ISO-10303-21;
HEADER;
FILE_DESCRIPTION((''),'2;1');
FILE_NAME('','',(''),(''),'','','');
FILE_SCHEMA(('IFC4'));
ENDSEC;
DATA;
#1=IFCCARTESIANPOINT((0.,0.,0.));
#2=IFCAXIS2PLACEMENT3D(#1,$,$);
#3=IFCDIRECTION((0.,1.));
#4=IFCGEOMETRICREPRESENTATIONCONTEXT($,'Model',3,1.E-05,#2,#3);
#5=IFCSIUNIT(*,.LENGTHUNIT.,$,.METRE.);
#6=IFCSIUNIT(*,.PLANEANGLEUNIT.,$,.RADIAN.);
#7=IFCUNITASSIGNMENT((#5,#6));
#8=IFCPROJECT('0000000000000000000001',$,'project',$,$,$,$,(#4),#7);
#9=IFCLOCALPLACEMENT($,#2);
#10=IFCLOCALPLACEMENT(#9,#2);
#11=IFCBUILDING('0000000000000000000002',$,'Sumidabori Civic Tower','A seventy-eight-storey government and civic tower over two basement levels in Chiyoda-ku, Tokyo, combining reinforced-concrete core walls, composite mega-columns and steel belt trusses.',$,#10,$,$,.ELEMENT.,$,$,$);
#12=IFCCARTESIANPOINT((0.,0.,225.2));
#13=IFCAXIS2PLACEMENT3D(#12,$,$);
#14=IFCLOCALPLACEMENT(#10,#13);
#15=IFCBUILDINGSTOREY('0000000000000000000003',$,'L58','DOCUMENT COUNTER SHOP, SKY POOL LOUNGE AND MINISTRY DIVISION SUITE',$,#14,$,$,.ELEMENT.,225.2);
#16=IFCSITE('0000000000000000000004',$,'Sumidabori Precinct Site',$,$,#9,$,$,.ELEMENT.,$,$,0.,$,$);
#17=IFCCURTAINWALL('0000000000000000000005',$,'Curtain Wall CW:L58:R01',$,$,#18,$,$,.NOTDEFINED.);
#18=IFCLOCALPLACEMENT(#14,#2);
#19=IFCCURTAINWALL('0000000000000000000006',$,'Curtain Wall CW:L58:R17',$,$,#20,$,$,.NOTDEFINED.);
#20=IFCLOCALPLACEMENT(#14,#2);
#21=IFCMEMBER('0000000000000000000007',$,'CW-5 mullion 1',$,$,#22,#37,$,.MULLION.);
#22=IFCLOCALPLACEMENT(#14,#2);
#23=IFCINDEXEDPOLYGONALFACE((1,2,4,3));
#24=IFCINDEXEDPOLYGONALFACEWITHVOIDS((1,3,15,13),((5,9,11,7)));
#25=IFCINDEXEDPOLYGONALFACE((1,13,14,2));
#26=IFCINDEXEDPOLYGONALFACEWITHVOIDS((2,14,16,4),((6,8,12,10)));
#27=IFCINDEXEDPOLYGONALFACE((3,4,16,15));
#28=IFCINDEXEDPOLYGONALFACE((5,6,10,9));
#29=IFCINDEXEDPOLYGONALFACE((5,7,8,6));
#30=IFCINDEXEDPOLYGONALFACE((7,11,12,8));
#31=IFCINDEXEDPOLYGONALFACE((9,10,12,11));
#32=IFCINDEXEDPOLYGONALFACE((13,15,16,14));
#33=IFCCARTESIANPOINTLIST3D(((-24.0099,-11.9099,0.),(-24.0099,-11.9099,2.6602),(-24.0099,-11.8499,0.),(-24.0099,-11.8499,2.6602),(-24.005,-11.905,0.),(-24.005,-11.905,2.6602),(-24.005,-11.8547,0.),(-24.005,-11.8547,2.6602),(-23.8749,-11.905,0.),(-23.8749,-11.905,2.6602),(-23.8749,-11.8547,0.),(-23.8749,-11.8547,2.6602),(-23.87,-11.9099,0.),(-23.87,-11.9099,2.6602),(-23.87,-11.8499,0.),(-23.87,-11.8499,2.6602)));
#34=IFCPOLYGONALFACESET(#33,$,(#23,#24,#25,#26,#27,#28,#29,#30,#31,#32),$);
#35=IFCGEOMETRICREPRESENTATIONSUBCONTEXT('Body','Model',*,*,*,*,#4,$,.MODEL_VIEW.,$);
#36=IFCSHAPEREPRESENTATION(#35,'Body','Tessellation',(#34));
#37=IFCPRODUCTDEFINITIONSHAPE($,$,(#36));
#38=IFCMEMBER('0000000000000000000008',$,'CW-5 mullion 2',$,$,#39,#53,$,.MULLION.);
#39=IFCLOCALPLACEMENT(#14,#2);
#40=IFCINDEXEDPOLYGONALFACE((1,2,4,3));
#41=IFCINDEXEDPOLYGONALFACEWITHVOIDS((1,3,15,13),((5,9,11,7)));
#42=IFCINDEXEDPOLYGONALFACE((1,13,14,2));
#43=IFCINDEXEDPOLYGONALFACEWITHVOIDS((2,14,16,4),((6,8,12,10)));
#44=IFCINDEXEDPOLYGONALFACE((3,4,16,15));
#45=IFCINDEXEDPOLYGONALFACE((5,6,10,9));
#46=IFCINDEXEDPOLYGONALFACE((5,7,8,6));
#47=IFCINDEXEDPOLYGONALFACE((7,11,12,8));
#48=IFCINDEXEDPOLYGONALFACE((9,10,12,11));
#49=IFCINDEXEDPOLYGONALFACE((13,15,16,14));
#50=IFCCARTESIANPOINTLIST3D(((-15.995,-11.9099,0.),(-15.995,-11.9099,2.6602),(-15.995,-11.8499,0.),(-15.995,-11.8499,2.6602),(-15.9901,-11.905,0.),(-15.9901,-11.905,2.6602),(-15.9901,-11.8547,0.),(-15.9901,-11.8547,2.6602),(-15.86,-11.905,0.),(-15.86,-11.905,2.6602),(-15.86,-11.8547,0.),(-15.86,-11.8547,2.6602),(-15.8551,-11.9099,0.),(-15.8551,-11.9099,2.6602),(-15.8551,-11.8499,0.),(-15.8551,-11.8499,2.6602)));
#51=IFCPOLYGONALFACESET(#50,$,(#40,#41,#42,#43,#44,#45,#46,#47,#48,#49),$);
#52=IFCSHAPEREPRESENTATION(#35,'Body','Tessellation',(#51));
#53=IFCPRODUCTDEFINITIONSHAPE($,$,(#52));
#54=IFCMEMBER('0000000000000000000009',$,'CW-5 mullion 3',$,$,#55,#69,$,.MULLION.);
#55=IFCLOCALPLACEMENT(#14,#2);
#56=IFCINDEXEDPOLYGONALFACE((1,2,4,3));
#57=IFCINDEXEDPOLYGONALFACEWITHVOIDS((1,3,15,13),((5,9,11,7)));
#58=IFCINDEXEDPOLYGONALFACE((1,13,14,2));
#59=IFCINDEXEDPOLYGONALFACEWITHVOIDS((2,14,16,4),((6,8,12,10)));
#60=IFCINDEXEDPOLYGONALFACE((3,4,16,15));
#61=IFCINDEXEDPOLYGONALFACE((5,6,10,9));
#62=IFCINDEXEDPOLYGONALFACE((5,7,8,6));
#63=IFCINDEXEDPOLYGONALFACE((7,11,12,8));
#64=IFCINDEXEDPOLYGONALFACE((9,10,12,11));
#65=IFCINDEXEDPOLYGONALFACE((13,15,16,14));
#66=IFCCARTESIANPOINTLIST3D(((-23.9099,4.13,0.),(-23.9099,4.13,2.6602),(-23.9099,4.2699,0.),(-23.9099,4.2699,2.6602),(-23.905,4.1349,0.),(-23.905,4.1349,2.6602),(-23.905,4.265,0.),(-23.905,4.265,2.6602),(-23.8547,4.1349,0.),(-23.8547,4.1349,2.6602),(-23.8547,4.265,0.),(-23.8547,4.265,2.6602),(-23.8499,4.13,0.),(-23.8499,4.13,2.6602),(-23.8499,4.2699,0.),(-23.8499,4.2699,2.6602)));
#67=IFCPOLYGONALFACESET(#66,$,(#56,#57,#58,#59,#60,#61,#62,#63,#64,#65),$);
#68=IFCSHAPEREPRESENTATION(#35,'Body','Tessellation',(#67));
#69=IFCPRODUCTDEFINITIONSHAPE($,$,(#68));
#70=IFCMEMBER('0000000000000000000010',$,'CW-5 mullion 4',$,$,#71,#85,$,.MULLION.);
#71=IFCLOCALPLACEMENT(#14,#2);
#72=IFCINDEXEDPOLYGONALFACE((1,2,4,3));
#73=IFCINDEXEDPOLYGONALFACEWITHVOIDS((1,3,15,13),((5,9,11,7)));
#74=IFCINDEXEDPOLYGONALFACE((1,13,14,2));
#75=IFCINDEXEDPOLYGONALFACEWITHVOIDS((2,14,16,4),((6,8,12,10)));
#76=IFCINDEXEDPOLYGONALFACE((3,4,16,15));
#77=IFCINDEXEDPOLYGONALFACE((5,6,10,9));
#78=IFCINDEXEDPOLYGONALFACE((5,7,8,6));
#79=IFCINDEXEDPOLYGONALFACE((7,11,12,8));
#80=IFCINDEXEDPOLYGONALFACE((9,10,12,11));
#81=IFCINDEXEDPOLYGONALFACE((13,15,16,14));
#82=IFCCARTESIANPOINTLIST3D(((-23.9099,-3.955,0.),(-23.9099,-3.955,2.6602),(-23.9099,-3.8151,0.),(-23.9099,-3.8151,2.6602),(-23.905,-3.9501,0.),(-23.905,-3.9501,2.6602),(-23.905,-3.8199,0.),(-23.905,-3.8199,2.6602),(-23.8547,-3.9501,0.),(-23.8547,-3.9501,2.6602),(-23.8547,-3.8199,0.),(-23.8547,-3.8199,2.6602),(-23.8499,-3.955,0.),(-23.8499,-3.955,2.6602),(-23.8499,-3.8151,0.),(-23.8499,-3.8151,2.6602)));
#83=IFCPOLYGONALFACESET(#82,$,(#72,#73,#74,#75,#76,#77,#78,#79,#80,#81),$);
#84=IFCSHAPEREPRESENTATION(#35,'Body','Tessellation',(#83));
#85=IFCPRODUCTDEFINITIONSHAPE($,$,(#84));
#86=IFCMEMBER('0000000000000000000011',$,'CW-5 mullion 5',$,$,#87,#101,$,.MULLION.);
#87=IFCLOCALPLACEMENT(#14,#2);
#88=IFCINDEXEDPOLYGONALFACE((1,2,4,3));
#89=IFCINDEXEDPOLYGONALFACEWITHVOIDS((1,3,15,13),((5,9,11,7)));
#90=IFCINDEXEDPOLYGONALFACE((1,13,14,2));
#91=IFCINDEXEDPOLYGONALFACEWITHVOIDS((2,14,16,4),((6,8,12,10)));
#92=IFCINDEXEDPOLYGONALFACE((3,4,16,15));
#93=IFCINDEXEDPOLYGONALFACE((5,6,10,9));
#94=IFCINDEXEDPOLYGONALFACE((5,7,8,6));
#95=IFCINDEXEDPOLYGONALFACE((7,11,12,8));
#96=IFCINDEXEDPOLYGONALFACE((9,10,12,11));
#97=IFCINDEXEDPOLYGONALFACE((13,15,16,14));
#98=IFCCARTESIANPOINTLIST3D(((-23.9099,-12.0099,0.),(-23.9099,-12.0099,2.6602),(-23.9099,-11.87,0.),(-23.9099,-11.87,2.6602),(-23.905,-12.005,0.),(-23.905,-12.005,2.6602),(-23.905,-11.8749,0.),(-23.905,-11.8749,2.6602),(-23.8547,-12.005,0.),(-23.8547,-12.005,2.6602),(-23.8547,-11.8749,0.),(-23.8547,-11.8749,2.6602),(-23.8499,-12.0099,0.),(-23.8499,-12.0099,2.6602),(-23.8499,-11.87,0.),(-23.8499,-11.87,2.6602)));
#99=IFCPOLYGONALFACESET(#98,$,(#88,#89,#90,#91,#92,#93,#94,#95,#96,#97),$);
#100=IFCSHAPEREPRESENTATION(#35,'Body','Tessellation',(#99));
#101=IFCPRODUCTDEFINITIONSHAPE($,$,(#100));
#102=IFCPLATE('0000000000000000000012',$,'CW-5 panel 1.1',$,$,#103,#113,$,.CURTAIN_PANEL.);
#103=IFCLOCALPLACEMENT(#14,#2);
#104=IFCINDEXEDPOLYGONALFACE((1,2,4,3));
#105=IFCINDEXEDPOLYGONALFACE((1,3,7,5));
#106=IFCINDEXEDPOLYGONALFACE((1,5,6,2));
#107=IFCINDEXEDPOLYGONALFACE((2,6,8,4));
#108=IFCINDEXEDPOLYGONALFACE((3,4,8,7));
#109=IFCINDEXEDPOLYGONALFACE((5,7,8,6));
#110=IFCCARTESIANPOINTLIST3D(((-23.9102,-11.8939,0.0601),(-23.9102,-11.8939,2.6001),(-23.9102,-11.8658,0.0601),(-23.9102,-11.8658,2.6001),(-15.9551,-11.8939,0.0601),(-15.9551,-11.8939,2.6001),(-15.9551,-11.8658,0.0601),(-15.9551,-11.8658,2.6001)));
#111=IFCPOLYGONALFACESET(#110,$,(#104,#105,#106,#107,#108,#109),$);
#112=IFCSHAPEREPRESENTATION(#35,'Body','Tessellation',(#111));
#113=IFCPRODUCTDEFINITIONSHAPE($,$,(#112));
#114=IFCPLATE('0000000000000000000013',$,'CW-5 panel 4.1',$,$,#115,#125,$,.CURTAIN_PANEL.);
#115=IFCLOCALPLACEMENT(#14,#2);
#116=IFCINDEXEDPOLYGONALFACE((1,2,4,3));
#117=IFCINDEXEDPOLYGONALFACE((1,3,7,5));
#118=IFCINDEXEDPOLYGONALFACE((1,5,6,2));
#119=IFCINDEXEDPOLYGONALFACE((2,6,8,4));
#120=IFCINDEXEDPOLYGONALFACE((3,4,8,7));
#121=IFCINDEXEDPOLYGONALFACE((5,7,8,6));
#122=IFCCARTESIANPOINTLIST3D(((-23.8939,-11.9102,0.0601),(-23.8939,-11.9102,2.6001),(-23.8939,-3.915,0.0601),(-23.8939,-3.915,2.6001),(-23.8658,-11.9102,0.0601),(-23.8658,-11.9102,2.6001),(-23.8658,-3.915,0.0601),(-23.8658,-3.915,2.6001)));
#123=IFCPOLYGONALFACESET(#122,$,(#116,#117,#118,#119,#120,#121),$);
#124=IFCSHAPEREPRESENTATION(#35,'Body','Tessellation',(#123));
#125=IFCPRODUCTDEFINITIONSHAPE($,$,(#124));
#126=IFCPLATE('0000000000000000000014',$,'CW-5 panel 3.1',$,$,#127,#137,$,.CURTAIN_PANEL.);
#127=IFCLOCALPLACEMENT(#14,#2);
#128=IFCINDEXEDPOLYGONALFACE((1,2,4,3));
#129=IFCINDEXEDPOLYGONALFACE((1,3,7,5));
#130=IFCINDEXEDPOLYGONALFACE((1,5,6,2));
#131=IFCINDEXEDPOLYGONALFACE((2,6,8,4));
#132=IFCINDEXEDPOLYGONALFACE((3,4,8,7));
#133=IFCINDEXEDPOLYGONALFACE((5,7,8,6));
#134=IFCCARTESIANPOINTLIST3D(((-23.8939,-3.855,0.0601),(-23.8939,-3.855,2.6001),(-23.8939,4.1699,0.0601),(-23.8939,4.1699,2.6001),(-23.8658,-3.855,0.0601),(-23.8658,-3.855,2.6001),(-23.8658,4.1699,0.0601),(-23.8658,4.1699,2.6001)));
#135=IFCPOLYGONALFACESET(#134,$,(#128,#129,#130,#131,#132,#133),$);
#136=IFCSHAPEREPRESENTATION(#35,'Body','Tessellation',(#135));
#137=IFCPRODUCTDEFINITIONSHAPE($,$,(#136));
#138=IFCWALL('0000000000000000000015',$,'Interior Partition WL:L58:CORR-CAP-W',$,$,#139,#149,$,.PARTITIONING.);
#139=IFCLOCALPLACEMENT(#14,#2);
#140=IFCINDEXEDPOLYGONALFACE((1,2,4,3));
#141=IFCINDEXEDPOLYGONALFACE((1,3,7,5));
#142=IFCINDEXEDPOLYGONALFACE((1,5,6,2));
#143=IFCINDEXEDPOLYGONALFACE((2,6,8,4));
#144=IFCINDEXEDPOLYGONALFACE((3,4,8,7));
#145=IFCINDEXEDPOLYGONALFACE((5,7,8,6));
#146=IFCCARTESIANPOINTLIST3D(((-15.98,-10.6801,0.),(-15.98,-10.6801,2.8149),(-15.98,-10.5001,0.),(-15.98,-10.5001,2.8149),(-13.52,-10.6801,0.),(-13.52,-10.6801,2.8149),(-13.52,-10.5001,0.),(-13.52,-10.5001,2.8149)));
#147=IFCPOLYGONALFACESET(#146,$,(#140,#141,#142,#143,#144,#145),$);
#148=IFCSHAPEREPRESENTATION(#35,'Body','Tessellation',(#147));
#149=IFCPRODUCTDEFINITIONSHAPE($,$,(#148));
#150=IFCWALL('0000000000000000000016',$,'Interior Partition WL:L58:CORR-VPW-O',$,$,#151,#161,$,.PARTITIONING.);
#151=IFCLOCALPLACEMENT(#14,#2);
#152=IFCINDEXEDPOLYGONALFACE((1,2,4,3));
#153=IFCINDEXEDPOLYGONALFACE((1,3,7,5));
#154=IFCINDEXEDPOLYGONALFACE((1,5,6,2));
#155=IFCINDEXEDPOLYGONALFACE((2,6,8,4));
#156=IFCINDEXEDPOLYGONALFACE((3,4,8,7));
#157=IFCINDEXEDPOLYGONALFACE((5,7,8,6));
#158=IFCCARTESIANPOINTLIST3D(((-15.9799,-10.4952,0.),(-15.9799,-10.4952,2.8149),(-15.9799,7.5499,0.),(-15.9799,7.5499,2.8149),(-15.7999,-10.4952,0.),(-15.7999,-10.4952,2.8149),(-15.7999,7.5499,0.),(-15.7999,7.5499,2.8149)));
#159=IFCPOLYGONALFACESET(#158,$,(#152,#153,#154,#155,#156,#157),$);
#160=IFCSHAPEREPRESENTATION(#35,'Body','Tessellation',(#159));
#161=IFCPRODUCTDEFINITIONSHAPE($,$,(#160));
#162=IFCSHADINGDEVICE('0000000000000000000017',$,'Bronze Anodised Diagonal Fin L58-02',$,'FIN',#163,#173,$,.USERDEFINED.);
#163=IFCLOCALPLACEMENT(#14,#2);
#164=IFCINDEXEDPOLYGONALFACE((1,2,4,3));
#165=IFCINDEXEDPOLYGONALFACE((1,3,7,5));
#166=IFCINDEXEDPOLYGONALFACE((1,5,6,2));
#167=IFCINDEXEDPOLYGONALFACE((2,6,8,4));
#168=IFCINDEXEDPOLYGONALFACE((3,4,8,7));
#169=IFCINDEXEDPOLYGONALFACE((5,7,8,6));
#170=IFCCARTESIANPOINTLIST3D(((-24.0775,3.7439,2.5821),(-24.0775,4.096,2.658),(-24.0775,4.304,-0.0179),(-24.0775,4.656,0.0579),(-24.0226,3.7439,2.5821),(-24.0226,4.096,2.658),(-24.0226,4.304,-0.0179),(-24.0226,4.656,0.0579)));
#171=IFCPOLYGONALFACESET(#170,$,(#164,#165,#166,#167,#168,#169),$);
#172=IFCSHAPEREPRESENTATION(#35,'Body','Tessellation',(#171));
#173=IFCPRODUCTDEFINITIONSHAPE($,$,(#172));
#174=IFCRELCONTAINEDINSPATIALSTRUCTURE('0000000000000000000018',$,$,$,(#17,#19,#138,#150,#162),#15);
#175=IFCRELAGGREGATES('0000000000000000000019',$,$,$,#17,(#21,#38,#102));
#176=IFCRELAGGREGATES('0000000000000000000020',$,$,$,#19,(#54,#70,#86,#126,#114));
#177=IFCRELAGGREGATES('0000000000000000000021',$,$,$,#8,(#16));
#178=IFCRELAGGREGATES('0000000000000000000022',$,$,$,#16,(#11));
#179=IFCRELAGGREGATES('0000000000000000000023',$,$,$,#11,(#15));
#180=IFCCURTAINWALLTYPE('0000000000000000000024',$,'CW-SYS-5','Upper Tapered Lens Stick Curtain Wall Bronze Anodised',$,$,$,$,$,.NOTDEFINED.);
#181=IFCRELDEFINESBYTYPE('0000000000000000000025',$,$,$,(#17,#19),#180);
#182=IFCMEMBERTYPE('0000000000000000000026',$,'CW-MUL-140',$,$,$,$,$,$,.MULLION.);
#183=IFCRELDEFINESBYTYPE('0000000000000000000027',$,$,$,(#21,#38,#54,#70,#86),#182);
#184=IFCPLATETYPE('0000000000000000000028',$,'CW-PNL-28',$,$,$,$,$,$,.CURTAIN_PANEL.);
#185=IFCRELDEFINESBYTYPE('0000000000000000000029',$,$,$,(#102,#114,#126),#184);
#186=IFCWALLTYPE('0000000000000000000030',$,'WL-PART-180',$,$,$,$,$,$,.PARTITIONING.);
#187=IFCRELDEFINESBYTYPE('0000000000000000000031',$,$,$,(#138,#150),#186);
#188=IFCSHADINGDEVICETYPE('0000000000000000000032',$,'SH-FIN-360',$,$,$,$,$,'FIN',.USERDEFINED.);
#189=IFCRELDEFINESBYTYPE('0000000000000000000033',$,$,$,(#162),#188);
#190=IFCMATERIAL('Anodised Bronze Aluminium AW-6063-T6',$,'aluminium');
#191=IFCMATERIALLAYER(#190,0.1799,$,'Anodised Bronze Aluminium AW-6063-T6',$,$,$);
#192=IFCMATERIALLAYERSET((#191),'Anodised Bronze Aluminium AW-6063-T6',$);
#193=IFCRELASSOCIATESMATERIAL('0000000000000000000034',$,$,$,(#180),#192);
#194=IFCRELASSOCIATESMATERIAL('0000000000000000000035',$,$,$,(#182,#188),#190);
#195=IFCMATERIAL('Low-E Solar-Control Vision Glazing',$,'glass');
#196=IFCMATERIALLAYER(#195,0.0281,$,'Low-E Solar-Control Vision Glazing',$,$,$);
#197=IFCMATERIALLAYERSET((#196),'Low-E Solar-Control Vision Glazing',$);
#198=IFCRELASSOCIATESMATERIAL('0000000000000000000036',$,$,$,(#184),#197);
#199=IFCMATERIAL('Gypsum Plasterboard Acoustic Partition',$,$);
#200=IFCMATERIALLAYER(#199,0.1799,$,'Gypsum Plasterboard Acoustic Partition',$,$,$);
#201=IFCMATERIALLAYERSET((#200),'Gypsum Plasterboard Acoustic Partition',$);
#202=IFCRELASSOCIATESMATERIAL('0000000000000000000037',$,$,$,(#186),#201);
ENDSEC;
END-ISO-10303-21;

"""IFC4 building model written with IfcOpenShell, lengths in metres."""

from ifc_helpers import new_model, si_unit, direction, frame, frame_2d, origin, origin_2d, place, context, subcontext, project, spatial, rectangle, hollow_rectangle, extrude, source, transform, mapped, material, layer, layer_set, material_profile, profile_set, type_object, element, aggregate, save


model = new_model("IFC4")

# Units and contexts
model_context = context("Model", 3, precision=1e-05, world=origin(), true_north=direction((0.0, 1.0)))
body_context = subcontext(model_context, "Body", "Model", "MODEL_VIEW")
ifc_project = project(units=[si_unit("LENGTHUNIT", "METRE"), si_unit("PLANEANGLEUNIT", "RADIAN")], contexts=[model_context])

# Site, building, storey
site_placement = place(None, origin())
site = spatial("IfcSite", under=ifc_project, at=site_placement, Name="Sumidabori Precinct Site", CompositionType="ELEMENT", RefElevation=0.0)
building_placement = place(site_placement, origin())
building = spatial("IfcBuilding", under=site, at=building_placement, Name="Sumidabori Civic Tower", Description="A seventy-eight-storey government and civic tower over two basement levels in Chiyoda-ku, Tokyo, combining reinforced-concrete core walls, composite mega-columns and steel belt trusses.", CompositionType="ELEMENT")
storey_placement = place(building_placement, frame((0.0, 0.0, 225.2)))
storey = spatial("IfcBuildingStorey", under=building, at=storey_placement, Name="L58", Description="DOCUMENT COUNTER SHOP, SKY POOL LOUNGE AND MINISTRY DIVISION SUITE", CompositionType="ELEMENT", Elevation=225.2)

# Curtain walls
ifc_material_1 = material(Name="Anodised Bronze Aluminium AW-6063-T6", Category="aluminium")
ifc_layer_1 = layer(ifc_material_1, 0.1799, Name="Anodised Bronze Aluminium AW-6063-T6")
ifc_layer_set_1 = layer_set([ifc_layer_1], Name="Anodised Bronze Aluminium AW-6063-T6")
curtain_wall_type = type_object("IfcCurtainWallType", Name="CW-SYS-5", Description="Upper Tapered Lens Stick Curtain Wall Bronze Anodised", PredefinedType="NOTDEFINED", material=ifc_layer_set_1)
curtain_wall_1_placement = place(storey_placement, origin())
curtain_wall_1 = element("IfcCurtainWall", 1, at=curtain_wall_1_placement, inside=storey, type_object=curtain_wall_type, Name="Curtain Wall CW:L58:R01", PredefinedType="NOTDEFINED")
curtain_wall_2_placement = place(storey_placement, origin())
curtain_wall_2 = element("IfcCurtainWall", 2, at=curtain_wall_2_placement, inside=storey, type_object=curtain_wall_type, Name="Curtain Wall CW:L58:R17", PredefinedType="NOTDEFINED")

# Members
ifc_material_profile_1 = material_profile(ifc_material_1, hollow_rectangle(XDim=0.0601, YDim=0.1399, WallThickness=0.0049, at=origin_2d()), Name="ALU MULLION 140x60")
ifc_profile_set_1 = profile_set([ifc_material_profile_1], Name="Anodised Bronze Aluminium AW-6063-T6")
member_type_1 = type_object("IfcMemberType", Name="CW-MUL-140", PredefinedType="MULLION", material=ifc_profile_set_1)
shared_shape_1 = source(origin(), body_context, "Body", "SweptSolid", [
    extrude(hollow_rectangle(XDim=0.0601, YDim=0.1399, WallThickness=0.0049, at=origin_2d()), origin(), (0.0, 0.0, 1.0), 2.6602),
])
member_1_placement = place(storey_placement, frame((-23.9399, -11.8799, 0.0), z_axis=(0.0, 0.0, 1.0), x_axis=(0.0, 1.0, 0.0)))
member_1 = element("IfcMember", 3, at=member_1_placement, type_object=member_type_1, Name="CW-5 mullion 1", PredefinedType="MULLION", context=body_context, shape_type="MappedRepresentation", body=[
    mapped(shared_shape_1, transform((0.0, 0.0, 0.0), x_axis=(1.0, 0.0, 0.0), y_axis=(0.0, 1.0, 0.0), z_axis=(0.0, 0.0, 1.0), scale=1.0)),
])
member_2_placement = place(storey_placement, frame((-15.925, -11.8799, 0.0), z_axis=(0.0, 0.0, 1.0), x_axis=(0.0, 1.0, 0.0)))
member_2 = element("IfcMember", 4, at=member_2_placement, type_object=member_type_1, Name="CW-5 mullion 2", PredefinedType="MULLION", context=body_context, shape_type="MappedRepresentation", body=[
    mapped(shared_shape_1, transform((0.0, 0.0, 0.0), x_axis=(1.0, 0.0, 0.0), y_axis=(0.0, 1.0, 0.0), z_axis=(0.0, 0.0, 1.0), scale=1.0)),
])
member_3_placement = place(storey_placement, frame((-23.8799, 4.2, 0.0), z_axis=(0.0, 0.0, 1.0), x_axis=(1.0, 0.0, 0.0)))
member_3 = element("IfcMember", 5, at=member_3_placement, type_object=member_type_1, Name="CW-5 mullion 3", PredefinedType="MULLION", context=body_context, shape_type="MappedRepresentation", body=[
    mapped(shared_shape_1, transform((0.0, 0.0, 0.0), x_axis=(1.0, 0.0, 0.0), y_axis=(0.0, 1.0, 0.0), z_axis=(0.0, 0.0, 1.0), scale=1.0)),
])
member_4_placement = place(storey_placement, frame((-23.8799, -3.885, 0.0), z_axis=(0.0, 0.0, 1.0), x_axis=(1.0, 0.0, 0.0)))
member_4 = element("IfcMember", 6, at=member_4_placement, type_object=member_type_1, Name="CW-5 mullion 4", PredefinedType="MULLION", context=body_context, shape_type="MappedRepresentation", body=[
    mapped(shared_shape_1, transform((0.0, 0.0, 0.0), x_axis=(1.0, 0.0, 0.0), y_axis=(0.0, 1.0, 0.0), z_axis=(0.0, 0.0, 1.0), scale=1.0)),
])
member_5_placement = place(storey_placement, frame((-23.8799, -11.9399, 0.0), z_axis=(0.0, 0.0, 1.0), x_axis=(1.0, 0.0, 0.0)))
member_5 = element("IfcMember", 7, at=member_5_placement, type_object=member_type_1, Name="CW-5 mullion 5", PredefinedType="MULLION", context=body_context, shape_type="MappedRepresentation", body=[
    mapped(shared_shape_1, transform((0.0, 0.0, 0.0), x_axis=(1.0, 0.0, 0.0), y_axis=(0.0, 1.0, 0.0), z_axis=(0.0, 0.0, 1.0), scale=1.0)),
])

# Plates
ifc_material_2 = material(Name="Low-E Solar-Control Vision Glazing", Category="glass")
ifc_layer_2 = layer(ifc_material_2, 0.0281, Name="Low-E Solar-Control Vision Glazing")
ifc_layer_set_2 = layer_set([ifc_layer_2], Name="Low-E Solar-Control Vision Glazing")
plate_type = type_object("IfcPlateType", Name="CW-PNL-28", PredefinedType="CURTAIN_PANEL", material=ifc_layer_set_2)
shared_shape_2 = source(origin(), body_context, "Body", "SweptSolid", [
    extrude(rectangle(XDim=7.9551, YDim=0.0281, at=origin_2d()), origin(), (0.0, 0.0, 1.0), 2.54),
])
plate_1_placement = place(storey_placement, frame((-19.9326, -11.8799, 0.0601), z_axis=(0.0, 0.0, 1.0), x_axis=(1.0, 0.0, 0.0)))
plate_1 = element("IfcPlate", 8, at=plate_1_placement, type_object=plate_type, Name="CW-5 panel 1.1", PredefinedType="CURTAIN_PANEL", context=body_context, shape_type="MappedRepresentation", body=[
    mapped(shared_shape_2, transform((0.0, 0.0, 0.0), x_axis=(1.0, 0.0, 0.0), y_axis=(0.0, 1.0, 0.0), z_axis=(0.0, 0.0, 1.0), scale=1.0)),
])
aggregate(curtain_wall_1, [member_1, member_2, plate_1])
shared_shape_3 = source(origin(), body_context, "Body", "SweptSolid", [
    extrude(rectangle(XDim=7.9951, YDim=0.0281, at=origin_2d()), origin(), (0.0, 0.0, 1.0), 2.54),
])
plate_2_placement = place(storey_placement, frame((-23.8799, -7.9126, 0.0601), z_axis=(0.0, 0.0, 1.0), x_axis=(0.0, -1.0, 0.0)))
plate_2 = element("IfcPlate", 9, at=plate_2_placement, type_object=plate_type, Name="CW-5 panel 4.1", PredefinedType="CURTAIN_PANEL", context=body_context, shape_type="MappedRepresentation", body=[
    mapped(shared_shape_3, transform((0.0, 0.0, 0.0), x_axis=(1.0, 0.0, 0.0), y_axis=(0.0, 1.0, 0.0), z_axis=(0.0, 0.0, 1.0), scale=1.0)),
])
shared_shape_4 = source(origin(), body_context, "Body", "SweptSolid", [
    extrude(rectangle(XDim=8.0249, YDim=0.0281, at=origin_2d()), origin(), (0.0, 0.0, 1.0), 2.54),
])
plate_3_placement = place(storey_placement, frame((-23.8799, 0.1575, 0.0601), z_axis=(0.0, 0.0, 1.0), x_axis=(0.0, -1.0, 0.0)))
plate_3 = element("IfcPlate", 10, at=plate_3_placement, type_object=plate_type, Name="CW-5 panel 3.1", PredefinedType="CURTAIN_PANEL", context=body_context, shape_type="MappedRepresentation", body=[
    mapped(shared_shape_4, transform((0.0, 0.0, 0.0), x_axis=(1.0, 0.0, 0.0), y_axis=(0.0, 1.0, 0.0), z_axis=(0.0, 0.0, 1.0), scale=1.0)),
])
aggregate(curtain_wall_2, [member_3, member_4, member_5, plate_3, plate_2])

# Walls
ifc_material_3 = material(Name="Gypsum Plasterboard Acoustic Partition")
ifc_layer_3 = layer(ifc_material_3, 0.1799, Name="Gypsum Plasterboard Acoustic Partition")
ifc_layer_set_3 = layer_set([ifc_layer_3], Name="Gypsum Plasterboard Acoustic Partition")
wall_type = type_object("IfcWallType", Name="WL-PART-180", PredefinedType="PARTITIONING", material=ifc_layer_set_3)
shared_shape_5 = source(origin(), body_context, "Body", "SweptSolid", [
    extrude(rectangle(XDim=2.46, YDim=0.1799, at=frame_2d((1.23, 0.0))), origin(), (0.0, 0.0, 1.0), 2.8149),
])
wall_1_placement = place(storey_placement, frame((-15.98, -10.5901, 0.0), z_axis=(0.0, 0.0, 1.0), x_axis=(1.0, 0.0, 0.0)))
element("IfcWall", 11, at=wall_1_placement, inside=storey, type_object=wall_type, Name="Interior Partition WL:L58:CORR-CAP-W", PredefinedType="PARTITIONING", context=body_context, shape_type="MappedRepresentation", body=[
    mapped(shared_shape_5, transform((0.0, 0.0, 0.0), x_axis=(1.0, 0.0, 0.0), y_axis=(0.0, 1.0, 0.0), z_axis=(0.0, 0.0, 1.0), scale=1.0)),
])
shared_shape_6 = source(origin(), body_context, "Body", "SweptSolid", [
    extrude(rectangle(XDim=18.0452, YDim=0.1799, at=frame_2d((9.0225, 0.0))), origin(), (0.0, 0.0, 1.0), 2.8149),
])
wall_2_placement = place(storey_placement, frame((-15.8899, -10.4951, 0.0), z_axis=(0.0, 0.0, 1.0), x_axis=(0.0, 1.0, 0.0)))
element("IfcWall", 12, at=wall_2_placement, inside=storey, type_object=wall_type, Name="Interior Partition WL:L58:CORR-VPW-O", PredefinedType="PARTITIONING", context=body_context, shape_type="MappedRepresentation", body=[
    mapped(shared_shape_6, transform((0.0, 0.0, 0.0), x_axis=(1.0, 0.0, 0.0), y_axis=(0.0, 1.0, 0.0), z_axis=(0.0, 0.0, 1.0), scale=1.0)),
])

# Shading device
ifc_material_profile_2 = material_profile(ifc_material_1, rectangle(XDim=0.0549, YDim=0.3601, at=origin_2d()), Name="BRONZE FIN 360x55")
ifc_profile_set_2 = profile_set([ifc_material_profile_2], Name="Anodised Bronze Aluminium AW-6063-T6")
shading_device_type = type_object("IfcShadingDeviceType", Name="SH-FIN-360", ElementType="FIN", PredefinedType="USERDEFINED", material=ifc_profile_set_2)
shared_shape_7 = source(origin(), body_context, "Body", "SweptSolid", [
    extrude(rectangle(XDim=0.0549, YDim=0.3601, at=origin_2d()), origin(), (0.0, 0.0, 1.0), 2.6597),
])
shading_device_placement = place(storey_placement, frame((-24.05, 4.48, 0.02), z_axis=(0.0, -0.21057, 0.977579), x_axis=(-1.0, 0.0, 0.0)))
element("IfcShadingDevice", 13, at=shading_device_placement, inside=storey, type_object=shading_device_type, Name="Bronze Anodised Diagonal Fin L58-02", ObjectType="FIN", PredefinedType="USERDEFINED", context=body_context, shape_type="MappedRepresentation", body=[
    mapped(shared_shape_7, transform((0.0, 0.0, 0.0), x_axis=(1.0, 0.0, 0.0), y_axis=(0.0, 1.0, 0.0), z_axis=(0.0, 0.0, 1.0), scale=1.0)),
])

save(model, "model.ifc")
